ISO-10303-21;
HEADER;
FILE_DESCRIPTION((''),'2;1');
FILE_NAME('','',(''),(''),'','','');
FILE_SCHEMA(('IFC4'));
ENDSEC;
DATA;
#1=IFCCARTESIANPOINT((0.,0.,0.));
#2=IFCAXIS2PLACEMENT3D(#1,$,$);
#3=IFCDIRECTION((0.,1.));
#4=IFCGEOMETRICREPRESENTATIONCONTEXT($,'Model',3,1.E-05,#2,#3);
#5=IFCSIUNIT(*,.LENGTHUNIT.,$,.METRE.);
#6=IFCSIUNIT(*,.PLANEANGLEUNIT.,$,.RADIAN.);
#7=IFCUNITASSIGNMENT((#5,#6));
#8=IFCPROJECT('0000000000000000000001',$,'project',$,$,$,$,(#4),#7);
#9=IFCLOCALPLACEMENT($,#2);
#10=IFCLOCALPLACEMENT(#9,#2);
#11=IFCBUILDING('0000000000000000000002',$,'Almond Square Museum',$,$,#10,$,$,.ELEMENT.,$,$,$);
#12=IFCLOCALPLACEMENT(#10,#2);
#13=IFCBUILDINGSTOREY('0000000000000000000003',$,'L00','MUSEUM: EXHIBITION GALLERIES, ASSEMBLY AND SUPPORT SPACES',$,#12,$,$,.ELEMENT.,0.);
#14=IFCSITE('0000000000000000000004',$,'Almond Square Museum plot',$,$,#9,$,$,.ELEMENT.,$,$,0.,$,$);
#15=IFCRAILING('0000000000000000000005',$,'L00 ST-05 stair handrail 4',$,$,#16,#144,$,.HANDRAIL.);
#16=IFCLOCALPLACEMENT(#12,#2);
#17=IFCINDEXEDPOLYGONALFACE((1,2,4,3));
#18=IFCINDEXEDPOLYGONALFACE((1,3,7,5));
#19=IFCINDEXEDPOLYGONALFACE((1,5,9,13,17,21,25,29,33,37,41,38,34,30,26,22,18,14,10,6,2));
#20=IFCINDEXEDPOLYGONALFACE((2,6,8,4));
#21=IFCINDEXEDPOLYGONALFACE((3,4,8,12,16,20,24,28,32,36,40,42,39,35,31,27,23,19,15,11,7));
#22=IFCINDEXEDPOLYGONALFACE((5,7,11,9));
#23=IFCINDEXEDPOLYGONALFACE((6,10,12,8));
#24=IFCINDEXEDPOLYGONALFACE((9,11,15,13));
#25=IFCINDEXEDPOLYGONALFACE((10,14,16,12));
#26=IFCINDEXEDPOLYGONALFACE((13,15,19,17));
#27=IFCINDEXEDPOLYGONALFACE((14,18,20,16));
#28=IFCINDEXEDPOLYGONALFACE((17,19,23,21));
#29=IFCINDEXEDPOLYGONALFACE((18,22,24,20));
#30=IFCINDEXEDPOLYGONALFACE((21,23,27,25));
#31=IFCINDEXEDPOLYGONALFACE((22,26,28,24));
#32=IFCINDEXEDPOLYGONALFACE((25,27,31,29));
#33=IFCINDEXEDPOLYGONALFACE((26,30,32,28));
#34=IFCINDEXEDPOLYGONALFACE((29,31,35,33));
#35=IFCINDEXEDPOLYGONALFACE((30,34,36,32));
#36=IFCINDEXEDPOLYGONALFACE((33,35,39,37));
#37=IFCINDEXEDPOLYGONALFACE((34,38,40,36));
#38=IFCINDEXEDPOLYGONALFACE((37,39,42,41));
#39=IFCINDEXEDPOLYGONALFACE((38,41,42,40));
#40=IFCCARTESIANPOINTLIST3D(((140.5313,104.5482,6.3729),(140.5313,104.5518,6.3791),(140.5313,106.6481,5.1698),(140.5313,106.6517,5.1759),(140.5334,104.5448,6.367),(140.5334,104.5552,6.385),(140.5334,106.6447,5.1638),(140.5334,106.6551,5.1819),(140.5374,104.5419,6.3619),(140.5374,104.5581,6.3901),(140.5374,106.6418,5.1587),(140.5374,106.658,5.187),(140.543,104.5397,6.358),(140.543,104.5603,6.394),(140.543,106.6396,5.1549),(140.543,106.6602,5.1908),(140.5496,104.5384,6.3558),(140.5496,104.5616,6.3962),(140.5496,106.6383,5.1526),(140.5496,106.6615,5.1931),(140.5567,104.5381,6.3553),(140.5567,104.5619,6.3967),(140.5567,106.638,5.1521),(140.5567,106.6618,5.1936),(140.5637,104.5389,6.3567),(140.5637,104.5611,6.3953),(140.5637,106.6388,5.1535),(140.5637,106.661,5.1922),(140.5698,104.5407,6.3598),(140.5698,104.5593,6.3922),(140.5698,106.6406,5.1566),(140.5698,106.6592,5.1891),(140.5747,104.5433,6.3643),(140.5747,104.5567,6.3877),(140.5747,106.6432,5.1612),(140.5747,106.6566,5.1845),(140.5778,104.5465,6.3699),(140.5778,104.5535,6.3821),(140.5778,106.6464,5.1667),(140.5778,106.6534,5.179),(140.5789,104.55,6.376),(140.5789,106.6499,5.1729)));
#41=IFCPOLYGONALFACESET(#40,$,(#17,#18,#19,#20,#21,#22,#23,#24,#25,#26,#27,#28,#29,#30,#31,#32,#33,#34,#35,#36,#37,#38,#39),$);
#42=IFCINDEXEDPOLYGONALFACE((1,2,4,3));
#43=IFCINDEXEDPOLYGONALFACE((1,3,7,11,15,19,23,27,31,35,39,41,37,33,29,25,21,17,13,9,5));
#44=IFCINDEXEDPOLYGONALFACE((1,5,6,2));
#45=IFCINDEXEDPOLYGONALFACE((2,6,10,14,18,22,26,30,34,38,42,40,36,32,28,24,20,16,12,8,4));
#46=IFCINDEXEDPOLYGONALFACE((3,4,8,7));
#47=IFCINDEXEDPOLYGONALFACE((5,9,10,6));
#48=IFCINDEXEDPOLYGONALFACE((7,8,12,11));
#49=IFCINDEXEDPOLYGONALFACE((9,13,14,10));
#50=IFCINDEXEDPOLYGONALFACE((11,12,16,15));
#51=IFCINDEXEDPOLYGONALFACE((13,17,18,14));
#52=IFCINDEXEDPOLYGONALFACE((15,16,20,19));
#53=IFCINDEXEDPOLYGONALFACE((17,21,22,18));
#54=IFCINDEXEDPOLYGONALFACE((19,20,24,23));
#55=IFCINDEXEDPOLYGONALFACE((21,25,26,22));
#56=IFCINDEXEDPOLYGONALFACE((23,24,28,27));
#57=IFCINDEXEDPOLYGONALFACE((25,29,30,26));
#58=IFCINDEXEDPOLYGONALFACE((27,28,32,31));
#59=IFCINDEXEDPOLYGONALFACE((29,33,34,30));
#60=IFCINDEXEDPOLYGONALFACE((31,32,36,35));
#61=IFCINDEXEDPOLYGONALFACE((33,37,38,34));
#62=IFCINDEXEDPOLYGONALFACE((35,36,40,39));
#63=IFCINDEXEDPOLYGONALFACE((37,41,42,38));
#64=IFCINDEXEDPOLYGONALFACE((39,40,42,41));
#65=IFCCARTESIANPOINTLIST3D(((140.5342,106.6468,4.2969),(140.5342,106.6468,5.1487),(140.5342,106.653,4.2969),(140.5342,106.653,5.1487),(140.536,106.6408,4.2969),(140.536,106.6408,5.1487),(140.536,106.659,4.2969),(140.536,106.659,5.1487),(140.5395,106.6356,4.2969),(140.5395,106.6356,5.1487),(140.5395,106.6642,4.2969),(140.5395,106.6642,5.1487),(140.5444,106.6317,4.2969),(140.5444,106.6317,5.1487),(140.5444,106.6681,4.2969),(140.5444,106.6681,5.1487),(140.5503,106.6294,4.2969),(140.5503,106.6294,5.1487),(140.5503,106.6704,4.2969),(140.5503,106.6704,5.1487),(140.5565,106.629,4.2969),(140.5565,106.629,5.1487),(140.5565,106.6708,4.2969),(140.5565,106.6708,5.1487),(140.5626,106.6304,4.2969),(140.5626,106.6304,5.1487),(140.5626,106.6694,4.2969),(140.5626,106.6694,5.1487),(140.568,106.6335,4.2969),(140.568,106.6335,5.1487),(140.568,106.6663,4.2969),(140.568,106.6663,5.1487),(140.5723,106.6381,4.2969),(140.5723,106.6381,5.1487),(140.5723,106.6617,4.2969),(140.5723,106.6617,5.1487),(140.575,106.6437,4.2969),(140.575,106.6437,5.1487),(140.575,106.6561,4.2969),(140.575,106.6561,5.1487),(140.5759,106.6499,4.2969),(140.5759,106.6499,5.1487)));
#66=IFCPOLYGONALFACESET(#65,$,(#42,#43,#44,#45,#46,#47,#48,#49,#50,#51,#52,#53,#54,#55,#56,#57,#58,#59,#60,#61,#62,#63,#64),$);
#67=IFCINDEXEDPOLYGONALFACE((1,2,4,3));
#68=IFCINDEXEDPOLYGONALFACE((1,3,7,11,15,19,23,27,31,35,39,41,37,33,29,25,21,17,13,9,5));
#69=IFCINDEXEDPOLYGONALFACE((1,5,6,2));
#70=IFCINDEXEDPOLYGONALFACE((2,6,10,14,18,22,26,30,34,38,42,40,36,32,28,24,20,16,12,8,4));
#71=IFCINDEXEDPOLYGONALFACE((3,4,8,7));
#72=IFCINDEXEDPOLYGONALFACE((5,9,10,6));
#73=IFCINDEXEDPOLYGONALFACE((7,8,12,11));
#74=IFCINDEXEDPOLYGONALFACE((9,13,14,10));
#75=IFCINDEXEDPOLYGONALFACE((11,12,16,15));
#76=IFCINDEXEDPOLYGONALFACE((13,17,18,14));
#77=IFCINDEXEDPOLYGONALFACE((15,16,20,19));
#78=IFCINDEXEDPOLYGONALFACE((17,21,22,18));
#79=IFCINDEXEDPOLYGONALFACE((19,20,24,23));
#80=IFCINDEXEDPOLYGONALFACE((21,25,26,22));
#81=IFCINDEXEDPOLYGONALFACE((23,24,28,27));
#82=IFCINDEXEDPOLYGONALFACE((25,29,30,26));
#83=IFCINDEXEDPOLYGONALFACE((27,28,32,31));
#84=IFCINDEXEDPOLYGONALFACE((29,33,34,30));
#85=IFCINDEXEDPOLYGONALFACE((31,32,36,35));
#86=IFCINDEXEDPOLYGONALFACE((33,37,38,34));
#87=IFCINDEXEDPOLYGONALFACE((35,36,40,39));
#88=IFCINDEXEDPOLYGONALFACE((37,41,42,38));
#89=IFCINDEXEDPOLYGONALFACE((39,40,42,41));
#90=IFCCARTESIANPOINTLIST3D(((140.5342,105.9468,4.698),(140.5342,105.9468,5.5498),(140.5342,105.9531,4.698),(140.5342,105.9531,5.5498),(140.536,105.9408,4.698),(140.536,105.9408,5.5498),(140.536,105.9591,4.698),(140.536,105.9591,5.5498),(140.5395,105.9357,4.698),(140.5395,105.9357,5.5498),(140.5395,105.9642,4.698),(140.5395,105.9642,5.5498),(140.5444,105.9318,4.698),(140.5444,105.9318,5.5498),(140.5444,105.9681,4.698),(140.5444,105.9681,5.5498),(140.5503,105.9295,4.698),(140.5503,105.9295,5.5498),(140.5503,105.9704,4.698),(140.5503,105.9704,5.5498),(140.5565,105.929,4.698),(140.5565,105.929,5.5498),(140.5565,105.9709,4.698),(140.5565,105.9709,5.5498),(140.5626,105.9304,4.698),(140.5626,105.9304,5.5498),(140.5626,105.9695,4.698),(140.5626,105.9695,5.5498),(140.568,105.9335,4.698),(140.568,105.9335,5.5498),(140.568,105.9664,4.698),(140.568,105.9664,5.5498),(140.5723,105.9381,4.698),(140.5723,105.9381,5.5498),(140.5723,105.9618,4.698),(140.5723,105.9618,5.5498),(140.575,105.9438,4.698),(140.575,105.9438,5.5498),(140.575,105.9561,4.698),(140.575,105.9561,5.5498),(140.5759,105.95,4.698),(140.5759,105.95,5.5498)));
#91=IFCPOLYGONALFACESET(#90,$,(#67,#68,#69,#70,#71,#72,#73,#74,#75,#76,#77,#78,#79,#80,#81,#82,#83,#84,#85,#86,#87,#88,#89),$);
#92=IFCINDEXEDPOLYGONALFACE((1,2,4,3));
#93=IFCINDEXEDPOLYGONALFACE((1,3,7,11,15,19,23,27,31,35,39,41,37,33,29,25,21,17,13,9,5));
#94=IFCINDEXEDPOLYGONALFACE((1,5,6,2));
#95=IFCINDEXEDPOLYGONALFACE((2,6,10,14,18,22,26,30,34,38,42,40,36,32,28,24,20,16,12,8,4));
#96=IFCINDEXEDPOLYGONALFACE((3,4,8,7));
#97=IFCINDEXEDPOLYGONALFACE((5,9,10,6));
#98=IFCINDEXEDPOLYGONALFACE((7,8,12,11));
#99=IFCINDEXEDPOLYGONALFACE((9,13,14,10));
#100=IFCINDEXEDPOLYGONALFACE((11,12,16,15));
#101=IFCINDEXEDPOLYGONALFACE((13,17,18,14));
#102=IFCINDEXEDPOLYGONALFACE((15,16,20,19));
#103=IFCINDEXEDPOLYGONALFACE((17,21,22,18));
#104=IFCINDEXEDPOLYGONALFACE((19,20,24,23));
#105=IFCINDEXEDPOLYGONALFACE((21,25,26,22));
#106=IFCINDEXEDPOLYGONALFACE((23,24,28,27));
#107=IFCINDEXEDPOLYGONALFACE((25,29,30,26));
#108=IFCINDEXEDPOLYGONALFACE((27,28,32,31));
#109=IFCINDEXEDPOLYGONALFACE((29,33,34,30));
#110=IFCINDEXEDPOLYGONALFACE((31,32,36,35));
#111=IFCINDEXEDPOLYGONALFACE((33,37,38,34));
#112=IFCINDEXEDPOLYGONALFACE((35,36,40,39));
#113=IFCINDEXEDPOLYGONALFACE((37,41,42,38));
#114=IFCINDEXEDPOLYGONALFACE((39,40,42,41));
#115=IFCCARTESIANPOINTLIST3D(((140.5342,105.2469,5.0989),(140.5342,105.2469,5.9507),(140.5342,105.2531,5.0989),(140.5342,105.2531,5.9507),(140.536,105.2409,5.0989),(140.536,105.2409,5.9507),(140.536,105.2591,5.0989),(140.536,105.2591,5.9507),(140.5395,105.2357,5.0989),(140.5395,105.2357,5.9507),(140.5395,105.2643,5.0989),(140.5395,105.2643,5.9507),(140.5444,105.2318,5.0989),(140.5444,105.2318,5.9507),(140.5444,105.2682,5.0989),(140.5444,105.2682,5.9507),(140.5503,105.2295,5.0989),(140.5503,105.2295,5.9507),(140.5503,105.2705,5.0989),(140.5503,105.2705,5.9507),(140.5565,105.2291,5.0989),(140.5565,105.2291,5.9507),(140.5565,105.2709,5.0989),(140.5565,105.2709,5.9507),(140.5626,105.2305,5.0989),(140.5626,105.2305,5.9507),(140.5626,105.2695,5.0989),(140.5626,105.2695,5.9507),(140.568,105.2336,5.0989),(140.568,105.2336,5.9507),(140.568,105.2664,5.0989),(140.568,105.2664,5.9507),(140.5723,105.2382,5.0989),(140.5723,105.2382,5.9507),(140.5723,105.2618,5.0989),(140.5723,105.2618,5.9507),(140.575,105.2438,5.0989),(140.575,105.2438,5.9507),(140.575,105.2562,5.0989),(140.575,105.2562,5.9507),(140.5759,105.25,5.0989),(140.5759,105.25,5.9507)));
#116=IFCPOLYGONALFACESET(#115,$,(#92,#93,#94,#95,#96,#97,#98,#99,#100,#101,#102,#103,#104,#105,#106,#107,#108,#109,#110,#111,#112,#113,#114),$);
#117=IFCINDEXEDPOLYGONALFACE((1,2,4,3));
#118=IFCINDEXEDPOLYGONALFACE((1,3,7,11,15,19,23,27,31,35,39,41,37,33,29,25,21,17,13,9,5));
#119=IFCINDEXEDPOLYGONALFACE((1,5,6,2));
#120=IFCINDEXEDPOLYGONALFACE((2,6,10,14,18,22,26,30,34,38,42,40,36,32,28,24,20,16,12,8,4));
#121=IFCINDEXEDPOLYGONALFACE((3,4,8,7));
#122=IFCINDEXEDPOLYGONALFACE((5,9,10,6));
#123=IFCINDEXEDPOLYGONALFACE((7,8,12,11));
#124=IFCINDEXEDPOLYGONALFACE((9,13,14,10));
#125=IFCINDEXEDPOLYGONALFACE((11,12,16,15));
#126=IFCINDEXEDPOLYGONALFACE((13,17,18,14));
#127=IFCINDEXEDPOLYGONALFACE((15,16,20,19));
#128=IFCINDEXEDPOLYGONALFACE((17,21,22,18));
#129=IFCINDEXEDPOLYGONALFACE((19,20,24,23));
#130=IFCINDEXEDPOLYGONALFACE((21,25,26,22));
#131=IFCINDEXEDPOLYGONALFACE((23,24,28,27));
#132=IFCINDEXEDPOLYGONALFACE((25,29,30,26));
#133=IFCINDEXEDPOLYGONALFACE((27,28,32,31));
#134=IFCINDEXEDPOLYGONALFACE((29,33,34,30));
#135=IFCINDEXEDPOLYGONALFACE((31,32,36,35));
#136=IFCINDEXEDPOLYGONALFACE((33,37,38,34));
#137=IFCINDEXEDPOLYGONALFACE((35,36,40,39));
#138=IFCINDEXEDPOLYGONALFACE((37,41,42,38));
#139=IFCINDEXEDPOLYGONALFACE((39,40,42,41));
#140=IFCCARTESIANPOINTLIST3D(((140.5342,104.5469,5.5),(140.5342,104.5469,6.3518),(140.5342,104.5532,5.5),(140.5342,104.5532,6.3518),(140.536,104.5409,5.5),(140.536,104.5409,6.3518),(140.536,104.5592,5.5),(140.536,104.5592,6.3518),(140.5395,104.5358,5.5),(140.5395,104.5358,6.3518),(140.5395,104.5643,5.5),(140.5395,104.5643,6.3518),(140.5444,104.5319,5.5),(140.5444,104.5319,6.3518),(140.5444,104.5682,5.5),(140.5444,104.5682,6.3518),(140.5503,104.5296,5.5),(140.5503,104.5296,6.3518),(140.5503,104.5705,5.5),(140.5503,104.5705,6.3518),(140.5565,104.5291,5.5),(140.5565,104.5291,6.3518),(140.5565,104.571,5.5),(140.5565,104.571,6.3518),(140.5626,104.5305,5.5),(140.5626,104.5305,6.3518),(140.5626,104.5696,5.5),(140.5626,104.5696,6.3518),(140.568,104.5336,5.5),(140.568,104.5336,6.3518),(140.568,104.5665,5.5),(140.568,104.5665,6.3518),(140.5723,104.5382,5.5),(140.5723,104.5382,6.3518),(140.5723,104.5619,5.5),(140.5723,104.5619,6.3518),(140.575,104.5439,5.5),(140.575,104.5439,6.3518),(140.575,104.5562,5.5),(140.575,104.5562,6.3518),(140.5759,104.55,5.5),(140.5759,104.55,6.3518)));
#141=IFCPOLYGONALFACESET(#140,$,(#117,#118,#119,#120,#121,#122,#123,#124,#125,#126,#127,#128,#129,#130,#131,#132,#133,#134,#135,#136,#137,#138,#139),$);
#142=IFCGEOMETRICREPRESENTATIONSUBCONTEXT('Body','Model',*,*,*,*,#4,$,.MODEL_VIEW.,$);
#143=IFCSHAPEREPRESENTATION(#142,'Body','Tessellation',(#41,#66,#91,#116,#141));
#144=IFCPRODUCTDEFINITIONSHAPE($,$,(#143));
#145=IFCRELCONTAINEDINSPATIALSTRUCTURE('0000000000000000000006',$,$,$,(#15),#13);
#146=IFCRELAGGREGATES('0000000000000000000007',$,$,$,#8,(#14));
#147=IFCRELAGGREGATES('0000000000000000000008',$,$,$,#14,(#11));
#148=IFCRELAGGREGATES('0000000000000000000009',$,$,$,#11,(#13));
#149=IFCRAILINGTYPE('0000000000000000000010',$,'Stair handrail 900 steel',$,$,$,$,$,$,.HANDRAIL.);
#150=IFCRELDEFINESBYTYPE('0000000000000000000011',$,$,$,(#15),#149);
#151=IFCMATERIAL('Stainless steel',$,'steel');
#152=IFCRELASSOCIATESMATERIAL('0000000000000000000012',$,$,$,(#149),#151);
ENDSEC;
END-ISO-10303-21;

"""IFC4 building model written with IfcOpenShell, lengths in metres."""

from ifc_helpers import new_model, si_unit, direction, frame, origin, origin_2d, place, context, subcontext, project, spatial, circle, extrude, material, type_object, element, save


model = new_model("IFC4")

# Units and contexts
model_context = context("Model", 3, precision=1e-05, world=origin(), true_north=direction((0.0, 1.0)))
body_context = subcontext(model_context, "Body", "Model", "MODEL_VIEW")
ifc_project = project(units=[si_unit("LENGTHUNIT", "METRE"), si_unit("PLANEANGLEUNIT", "RADIAN")], contexts=[model_context])

# Site, building, storey
site_placement = place(None, origin())
site = spatial("IfcSite", under=ifc_project, at=site_placement, Name="Almond Square Museum plot", CompositionType="ELEMENT", RefElevation=0.0)
building_placement = place(site_placement, origin())
building = spatial("IfcBuilding", under=site, at=building_placement, Name="Almond Square Museum", CompositionType="ELEMENT")
storey_placement = place(building_placement, origin())
storey = spatial("IfcBuildingStorey", under=building, at=storey_placement, Name="L00", Description="MUSEUM: EXHIBITION GALLERIES, ASSEMBLY AND SUPPORT SPACES", CompositionType="ELEMENT", Elevation=0.0)

# Railing
ifc_material_1 = material(Name="Stainless steel", Category="steel")
railing_type_1 = type_object("IfcRailingType", Name="Stair handrail 900 steel", PredefinedType="HANDRAIL", material=ifc_material_1)
for number, where, name in (
    (1, (140.5549, 106.6499, 4.2969), "L00 ST-05 stair handrail 4"),
):
    element("IfcRailing", number, at=place(storey_placement, frame(where)), inside=storey, type_object=railing_type_1, Name=name, PredefinedType="HANDRAIL", context=body_context, shape_type="SweptSolid", body=[
        extrude(circle(Radius=0.0239, at=origin_2d()), frame((0.0, 0.0, 0.876), z_axis=(0.0, -0.867671, 0.497138), x_axis=(1.0, 0.0, 0.0)), (0.0, 0.0, 1.0), 2.4202),
        extrude(circle(Radius=0.021, at=origin_2d()), origin(), (0.0, 0.0, 1.0), 0.8518),
        extrude(circle(Radius=0.021, at=origin_2d()), frame((0.0, -0.7, 0.4011)), (0.0, 0.0, 1.0), 0.8518),
        extrude(circle(Radius=0.021, at=origin_2d()), frame((0.0, -1.3999, 0.802)), (0.0, 0.0, 1.0), 0.8518),
        extrude(circle(Radius=0.021, at=origin_2d()), frame((0.0, -2.0999, 1.2031)), (0.0, 0.0, 1.0), 0.8518),
    ])

save(model, "model.ifc")
